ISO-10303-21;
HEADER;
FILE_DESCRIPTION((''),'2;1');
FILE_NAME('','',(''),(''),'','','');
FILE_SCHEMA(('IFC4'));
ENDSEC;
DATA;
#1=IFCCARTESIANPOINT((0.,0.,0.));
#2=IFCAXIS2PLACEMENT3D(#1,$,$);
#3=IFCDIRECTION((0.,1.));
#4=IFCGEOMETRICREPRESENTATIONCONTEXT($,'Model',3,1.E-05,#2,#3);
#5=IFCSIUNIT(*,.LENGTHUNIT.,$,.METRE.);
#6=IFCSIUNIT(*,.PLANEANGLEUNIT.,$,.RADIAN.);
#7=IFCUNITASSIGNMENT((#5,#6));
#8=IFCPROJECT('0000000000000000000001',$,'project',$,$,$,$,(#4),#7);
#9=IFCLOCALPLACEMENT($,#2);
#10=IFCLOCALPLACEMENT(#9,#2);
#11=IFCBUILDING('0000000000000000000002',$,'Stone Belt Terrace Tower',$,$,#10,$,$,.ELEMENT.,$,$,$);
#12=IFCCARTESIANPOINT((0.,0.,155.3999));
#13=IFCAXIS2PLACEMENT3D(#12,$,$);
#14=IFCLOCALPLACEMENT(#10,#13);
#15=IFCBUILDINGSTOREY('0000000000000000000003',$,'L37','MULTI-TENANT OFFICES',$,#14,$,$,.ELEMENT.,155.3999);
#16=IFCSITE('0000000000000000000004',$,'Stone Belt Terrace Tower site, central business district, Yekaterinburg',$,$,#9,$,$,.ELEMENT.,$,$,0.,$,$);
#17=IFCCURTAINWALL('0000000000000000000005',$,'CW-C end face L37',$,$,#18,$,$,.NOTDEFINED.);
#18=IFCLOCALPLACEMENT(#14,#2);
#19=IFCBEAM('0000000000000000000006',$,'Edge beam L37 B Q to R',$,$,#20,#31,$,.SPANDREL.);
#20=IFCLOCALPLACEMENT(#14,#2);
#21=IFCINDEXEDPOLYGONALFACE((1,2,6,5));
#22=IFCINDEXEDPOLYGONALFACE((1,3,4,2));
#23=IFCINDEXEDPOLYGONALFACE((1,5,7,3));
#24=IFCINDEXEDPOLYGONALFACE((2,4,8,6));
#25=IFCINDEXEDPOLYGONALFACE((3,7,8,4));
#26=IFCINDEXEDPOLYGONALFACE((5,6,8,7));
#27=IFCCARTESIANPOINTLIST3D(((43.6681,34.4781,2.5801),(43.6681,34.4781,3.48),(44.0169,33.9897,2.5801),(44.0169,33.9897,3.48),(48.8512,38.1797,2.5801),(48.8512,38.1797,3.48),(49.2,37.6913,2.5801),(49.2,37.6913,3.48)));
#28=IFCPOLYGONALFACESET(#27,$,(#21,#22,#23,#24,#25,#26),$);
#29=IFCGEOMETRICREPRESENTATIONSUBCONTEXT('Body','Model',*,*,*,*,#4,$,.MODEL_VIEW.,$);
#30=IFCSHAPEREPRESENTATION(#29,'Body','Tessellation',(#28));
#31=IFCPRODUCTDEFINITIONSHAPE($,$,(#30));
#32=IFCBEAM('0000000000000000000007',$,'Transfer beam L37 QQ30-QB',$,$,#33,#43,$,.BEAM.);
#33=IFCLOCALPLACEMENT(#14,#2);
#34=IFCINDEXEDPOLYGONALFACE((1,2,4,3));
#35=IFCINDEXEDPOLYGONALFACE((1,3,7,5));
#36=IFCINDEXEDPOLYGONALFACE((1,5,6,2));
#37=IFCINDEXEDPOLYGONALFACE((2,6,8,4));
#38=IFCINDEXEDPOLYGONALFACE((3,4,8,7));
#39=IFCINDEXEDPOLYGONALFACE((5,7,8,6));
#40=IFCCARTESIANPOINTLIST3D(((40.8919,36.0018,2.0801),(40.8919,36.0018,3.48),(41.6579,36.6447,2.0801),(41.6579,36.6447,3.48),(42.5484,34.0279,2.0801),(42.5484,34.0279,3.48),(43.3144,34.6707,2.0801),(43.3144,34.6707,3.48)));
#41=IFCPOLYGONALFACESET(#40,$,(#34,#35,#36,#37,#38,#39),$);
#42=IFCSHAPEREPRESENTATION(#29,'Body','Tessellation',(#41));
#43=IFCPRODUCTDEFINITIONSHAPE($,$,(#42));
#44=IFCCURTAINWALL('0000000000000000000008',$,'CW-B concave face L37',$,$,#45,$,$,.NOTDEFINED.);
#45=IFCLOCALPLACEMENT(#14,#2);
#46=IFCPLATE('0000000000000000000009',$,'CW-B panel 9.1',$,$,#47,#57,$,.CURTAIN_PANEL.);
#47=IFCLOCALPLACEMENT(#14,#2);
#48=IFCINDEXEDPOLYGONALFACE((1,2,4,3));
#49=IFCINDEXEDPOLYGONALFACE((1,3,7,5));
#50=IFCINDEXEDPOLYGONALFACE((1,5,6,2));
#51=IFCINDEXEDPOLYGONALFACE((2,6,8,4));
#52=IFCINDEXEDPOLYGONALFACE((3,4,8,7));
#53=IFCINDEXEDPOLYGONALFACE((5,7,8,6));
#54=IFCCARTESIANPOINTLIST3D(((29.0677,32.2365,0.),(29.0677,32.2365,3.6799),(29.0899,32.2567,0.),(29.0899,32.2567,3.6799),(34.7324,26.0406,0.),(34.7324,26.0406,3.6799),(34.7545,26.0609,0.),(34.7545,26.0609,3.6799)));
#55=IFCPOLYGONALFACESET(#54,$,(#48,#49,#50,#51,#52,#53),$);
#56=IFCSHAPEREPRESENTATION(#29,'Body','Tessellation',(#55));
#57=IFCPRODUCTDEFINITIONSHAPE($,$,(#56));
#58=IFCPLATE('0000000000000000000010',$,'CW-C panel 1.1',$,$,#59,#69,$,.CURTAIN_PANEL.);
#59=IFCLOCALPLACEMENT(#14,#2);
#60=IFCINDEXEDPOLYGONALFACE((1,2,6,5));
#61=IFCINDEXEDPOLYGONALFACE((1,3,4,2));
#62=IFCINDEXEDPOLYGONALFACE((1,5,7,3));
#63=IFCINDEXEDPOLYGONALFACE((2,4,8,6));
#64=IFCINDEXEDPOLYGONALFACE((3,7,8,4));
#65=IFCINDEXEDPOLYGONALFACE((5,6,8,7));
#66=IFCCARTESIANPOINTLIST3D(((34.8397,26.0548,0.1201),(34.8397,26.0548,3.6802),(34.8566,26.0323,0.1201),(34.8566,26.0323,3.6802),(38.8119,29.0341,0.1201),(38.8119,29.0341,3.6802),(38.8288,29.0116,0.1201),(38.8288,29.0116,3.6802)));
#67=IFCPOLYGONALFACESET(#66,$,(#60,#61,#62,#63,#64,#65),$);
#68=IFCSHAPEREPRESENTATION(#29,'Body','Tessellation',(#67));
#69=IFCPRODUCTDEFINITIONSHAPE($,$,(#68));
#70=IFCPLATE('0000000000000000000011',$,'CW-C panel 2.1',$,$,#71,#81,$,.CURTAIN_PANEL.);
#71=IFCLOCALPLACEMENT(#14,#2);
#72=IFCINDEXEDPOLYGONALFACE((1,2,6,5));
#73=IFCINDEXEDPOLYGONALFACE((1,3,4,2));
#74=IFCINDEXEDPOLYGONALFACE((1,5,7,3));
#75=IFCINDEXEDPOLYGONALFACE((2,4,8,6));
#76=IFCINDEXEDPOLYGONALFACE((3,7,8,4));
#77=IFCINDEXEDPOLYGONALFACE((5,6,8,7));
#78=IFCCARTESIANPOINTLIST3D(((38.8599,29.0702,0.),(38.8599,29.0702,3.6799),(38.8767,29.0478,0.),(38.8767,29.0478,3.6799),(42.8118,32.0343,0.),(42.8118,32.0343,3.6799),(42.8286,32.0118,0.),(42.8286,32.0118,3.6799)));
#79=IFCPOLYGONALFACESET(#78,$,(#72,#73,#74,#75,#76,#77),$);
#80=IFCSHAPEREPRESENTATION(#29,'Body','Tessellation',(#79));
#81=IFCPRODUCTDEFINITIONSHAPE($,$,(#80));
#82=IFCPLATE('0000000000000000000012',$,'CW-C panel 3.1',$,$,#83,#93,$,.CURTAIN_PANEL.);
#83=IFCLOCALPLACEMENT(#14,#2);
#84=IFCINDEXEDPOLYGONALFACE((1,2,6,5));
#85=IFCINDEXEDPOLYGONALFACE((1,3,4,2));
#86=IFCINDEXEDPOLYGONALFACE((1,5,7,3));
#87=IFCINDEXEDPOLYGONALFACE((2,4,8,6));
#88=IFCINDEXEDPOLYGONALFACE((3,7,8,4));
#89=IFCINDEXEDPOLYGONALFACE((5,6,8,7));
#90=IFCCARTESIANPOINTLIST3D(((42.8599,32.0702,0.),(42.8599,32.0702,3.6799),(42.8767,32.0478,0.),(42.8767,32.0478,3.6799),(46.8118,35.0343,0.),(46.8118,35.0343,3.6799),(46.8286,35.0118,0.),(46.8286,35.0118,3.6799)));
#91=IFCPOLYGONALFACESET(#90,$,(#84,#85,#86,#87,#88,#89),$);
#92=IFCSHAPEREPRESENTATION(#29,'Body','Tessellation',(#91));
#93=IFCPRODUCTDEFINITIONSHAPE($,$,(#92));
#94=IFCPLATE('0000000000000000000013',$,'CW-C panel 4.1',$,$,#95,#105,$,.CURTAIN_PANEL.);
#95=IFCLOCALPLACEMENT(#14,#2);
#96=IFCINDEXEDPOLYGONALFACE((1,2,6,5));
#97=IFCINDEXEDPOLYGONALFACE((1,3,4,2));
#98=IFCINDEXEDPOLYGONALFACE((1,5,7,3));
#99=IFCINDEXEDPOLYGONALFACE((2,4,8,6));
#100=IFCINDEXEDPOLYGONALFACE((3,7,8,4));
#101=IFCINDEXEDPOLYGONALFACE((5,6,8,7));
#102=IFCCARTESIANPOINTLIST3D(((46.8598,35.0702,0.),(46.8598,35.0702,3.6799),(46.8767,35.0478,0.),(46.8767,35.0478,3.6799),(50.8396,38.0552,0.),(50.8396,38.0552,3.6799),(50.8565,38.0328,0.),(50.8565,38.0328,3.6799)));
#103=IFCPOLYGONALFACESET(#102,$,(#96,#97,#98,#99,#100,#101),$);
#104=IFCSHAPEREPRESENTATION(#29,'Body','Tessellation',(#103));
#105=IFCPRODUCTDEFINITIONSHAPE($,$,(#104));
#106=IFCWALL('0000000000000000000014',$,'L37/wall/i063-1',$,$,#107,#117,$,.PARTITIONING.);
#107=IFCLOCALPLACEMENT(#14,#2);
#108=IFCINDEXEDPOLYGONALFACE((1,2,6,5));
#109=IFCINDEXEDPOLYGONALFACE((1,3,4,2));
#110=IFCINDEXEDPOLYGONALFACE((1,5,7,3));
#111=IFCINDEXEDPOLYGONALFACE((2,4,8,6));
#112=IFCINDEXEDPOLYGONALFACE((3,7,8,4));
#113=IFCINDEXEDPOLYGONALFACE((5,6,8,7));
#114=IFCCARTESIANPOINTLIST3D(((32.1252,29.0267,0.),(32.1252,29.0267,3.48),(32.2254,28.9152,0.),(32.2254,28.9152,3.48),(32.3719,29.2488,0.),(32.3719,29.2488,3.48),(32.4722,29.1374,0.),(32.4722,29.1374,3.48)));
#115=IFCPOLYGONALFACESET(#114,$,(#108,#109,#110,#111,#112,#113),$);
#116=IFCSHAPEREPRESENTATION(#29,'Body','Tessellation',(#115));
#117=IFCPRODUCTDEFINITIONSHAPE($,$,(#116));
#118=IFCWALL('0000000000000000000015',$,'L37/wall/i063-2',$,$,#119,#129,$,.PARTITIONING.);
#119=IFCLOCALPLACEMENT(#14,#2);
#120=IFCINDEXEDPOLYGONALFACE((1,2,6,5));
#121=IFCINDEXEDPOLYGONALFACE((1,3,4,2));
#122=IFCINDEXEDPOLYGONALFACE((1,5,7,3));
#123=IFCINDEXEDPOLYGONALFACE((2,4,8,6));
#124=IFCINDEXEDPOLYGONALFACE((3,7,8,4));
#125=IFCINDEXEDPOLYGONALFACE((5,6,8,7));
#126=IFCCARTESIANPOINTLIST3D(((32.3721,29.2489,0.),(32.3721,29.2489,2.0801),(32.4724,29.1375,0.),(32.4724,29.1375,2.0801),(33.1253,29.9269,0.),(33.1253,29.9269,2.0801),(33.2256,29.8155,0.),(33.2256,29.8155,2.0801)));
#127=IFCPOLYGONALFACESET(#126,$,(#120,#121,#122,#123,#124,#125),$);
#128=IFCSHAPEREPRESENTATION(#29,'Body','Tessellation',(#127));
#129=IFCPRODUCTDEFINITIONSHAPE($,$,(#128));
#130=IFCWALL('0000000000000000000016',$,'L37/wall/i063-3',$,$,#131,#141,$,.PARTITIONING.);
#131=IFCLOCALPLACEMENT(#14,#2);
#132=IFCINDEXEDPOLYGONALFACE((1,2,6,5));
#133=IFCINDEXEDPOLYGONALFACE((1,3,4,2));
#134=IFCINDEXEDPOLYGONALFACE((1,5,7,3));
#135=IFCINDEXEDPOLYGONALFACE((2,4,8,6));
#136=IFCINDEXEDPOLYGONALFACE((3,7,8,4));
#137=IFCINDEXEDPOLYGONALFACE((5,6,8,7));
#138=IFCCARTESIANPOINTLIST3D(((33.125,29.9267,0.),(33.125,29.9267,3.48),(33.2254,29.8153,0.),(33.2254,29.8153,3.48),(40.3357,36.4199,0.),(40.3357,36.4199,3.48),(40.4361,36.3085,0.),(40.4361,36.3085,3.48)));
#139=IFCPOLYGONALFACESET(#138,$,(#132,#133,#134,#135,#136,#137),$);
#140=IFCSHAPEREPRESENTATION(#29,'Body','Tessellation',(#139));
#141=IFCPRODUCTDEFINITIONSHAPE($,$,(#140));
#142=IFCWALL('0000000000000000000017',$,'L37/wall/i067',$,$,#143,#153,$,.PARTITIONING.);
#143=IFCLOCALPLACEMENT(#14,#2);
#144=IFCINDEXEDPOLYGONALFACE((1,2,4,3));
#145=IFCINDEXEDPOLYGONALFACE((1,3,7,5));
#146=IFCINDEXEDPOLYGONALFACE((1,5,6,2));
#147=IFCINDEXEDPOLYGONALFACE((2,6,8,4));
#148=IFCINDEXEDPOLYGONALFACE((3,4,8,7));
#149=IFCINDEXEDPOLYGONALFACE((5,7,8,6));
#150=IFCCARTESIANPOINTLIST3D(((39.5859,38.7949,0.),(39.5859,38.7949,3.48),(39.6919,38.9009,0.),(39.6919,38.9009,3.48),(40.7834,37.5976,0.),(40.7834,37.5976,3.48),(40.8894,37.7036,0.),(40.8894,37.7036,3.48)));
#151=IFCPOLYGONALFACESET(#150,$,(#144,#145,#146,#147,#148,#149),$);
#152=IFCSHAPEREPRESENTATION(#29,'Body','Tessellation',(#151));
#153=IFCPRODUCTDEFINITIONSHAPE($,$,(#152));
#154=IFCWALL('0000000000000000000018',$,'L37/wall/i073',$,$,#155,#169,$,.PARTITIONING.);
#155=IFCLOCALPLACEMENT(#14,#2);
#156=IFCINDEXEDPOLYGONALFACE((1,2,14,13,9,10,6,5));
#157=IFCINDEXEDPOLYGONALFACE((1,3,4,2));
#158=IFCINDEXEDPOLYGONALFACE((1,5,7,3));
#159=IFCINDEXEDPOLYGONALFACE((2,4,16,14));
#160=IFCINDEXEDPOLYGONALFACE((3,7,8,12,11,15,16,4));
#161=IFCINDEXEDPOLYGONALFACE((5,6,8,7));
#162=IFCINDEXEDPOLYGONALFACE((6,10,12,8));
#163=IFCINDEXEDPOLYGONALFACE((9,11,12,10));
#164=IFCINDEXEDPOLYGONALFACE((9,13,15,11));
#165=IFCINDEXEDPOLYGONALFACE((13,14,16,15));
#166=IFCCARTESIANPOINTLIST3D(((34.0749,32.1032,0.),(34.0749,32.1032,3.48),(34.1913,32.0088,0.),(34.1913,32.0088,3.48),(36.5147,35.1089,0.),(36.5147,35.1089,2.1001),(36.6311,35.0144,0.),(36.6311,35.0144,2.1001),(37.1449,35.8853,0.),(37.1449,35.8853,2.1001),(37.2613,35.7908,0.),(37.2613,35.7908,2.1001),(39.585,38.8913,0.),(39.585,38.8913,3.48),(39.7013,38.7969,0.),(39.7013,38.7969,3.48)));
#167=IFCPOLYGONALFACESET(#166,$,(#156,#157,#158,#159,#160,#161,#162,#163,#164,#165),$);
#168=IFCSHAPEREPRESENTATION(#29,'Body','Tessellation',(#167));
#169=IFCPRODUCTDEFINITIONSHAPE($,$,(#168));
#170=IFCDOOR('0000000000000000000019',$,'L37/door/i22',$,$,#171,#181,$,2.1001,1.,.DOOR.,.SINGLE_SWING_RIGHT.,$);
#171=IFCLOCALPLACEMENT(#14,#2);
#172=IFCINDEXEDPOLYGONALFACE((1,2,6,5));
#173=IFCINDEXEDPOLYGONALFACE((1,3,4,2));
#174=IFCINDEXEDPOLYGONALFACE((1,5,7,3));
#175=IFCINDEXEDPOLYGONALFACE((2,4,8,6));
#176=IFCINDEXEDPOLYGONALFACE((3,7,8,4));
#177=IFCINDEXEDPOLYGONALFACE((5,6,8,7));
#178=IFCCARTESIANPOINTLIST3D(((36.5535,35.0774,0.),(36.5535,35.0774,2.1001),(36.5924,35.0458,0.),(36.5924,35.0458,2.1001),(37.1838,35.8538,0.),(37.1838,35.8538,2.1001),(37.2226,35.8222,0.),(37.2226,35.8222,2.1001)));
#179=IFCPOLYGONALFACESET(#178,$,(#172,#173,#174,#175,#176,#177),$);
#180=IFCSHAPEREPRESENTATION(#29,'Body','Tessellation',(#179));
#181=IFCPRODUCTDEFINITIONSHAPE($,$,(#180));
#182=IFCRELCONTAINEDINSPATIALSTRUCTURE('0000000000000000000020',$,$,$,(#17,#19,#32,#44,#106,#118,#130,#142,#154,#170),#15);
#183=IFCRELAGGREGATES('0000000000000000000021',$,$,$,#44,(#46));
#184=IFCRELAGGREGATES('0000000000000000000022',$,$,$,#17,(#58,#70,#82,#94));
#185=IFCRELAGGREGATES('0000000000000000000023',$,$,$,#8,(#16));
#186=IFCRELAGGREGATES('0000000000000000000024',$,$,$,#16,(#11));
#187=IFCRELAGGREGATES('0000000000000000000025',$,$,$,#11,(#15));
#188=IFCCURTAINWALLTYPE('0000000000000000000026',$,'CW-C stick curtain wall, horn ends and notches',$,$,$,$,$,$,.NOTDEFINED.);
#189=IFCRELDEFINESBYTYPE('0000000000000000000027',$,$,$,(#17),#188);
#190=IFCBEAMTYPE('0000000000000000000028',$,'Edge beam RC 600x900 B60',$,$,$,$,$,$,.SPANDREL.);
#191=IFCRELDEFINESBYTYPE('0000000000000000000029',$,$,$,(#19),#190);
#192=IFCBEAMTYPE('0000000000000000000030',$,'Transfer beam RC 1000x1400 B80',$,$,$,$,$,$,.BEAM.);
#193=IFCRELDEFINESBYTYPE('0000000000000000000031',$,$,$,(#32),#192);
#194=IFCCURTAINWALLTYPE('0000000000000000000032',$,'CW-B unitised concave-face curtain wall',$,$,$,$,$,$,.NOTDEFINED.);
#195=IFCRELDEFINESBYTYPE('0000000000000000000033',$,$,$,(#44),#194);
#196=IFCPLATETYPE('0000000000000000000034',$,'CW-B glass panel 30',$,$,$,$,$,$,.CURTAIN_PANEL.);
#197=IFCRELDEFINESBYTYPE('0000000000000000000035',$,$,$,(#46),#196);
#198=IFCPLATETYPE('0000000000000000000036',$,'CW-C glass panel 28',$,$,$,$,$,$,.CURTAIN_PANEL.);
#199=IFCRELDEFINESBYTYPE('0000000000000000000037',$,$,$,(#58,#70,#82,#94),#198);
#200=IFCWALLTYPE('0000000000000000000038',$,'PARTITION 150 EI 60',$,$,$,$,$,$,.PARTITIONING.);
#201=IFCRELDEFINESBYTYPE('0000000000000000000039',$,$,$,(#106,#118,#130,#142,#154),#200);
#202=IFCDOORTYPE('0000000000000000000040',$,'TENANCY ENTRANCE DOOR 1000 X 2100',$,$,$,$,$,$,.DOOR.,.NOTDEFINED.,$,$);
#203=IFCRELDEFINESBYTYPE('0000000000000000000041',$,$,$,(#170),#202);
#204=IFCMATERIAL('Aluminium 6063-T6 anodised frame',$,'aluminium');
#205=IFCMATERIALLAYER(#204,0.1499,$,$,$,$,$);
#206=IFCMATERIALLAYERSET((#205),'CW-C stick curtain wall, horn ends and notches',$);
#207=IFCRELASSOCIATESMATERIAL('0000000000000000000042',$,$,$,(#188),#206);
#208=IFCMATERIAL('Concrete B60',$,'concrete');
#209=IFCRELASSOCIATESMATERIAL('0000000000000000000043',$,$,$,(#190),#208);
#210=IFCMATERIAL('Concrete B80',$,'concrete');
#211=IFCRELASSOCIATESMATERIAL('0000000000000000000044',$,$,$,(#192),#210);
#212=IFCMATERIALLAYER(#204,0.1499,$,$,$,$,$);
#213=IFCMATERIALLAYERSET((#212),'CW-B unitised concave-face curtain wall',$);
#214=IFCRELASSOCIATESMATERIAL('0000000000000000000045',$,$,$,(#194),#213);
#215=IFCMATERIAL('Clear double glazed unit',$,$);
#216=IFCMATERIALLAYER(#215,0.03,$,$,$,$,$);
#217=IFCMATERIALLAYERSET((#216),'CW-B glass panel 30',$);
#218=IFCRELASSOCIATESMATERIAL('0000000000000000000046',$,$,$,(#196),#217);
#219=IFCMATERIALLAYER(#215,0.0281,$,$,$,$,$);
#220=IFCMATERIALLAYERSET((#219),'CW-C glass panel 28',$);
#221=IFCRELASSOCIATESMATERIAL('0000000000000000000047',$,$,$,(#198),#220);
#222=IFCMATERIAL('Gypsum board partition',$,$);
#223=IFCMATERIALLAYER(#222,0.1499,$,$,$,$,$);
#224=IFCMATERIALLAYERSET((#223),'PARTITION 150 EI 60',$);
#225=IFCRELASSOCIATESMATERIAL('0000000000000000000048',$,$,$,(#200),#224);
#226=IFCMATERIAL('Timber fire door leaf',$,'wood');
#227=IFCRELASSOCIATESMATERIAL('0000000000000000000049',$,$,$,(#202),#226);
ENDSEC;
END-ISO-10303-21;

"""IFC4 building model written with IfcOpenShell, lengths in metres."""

from ifc_helpers import new_model, si_unit, direction, frame, frame_2d, origin, origin_2d, place, context, subcontext, project, spatial, rectangle, extrude, material, layer, layer_set, material_profile, profile_set, type_object, element, fill, aggregate, save


model = new_model("IFC4")

# Units and contexts
model_context = context("Model", 3, precision=1e-05, world=origin(), true_north=direction((0.0, 1.0)))
body_context = subcontext(model_context, "Body", "Model", "MODEL_VIEW")
ifc_project = project(units=[si_unit("LENGTHUNIT", "METRE"), si_unit("PLANEANGLEUNIT", "RADIAN")], contexts=[model_context])

# Site, building, storey
site_placement = place(None, origin())
site = spatial("IfcSite", under=ifc_project, at=site_placement, Name="Stone Belt Terrace Tower site, central business district, Yekaterinburg", CompositionType="ELEMENT", RefElevation=0.0)
building_placement = place(site_placement, origin())
building = spatial("IfcBuilding", under=site, at=building_placement, Name="Stone Belt Terrace Tower", CompositionType="ELEMENT")
storey_placement = place(building_placement, frame((0.0, 0.0, 155.3999)))
storey = spatial("IfcBuildingStorey", under=building, at=storey_placement, Name="L37", Description="MULTI-TENANT OFFICES", CompositionType="ELEMENT", Elevation=155.3999)

# Shared definitions
ifc_material_1 = material(Name="Concrete B80", Category="concrete")

# Curtain wall
ifc_material_2 = material(Name="Aluminium 6063-T6 anodised frame", Category="aluminium")
ifc_layer_1 = layer(ifc_material_2, 0.1499)
ifc_layer_set_1 = layer_set([ifc_layer_1], Name="CW-C stick curtain wall, horn ends and notches")
curtain_wall_type_1 = type_object("IfcCurtainWallType", Name="CW-C stick curtain wall, horn ends and notches", PredefinedType="NOTDEFINED", material=ifc_layer_set_1)
curtain_wall_1_placement = place(storey_placement, origin())
curtain_wall_1 = element("IfcCurtainWall", 1, at=curtain_wall_1_placement, inside=storey, type_object=curtain_wall_type_1, Name="CW-C end face L37", PredefinedType="NOTDEFINED")

# Beams
ifc_material_3 = material(Name="Concrete B60", Category="concrete")
ifc_material_profile_1 = material_profile(ifc_material_3, rectangle(XDim=0.6001, YDim=0.8999, at=origin_2d()), Name="RC 600x900")
ifc_profile_set_1 = profile_set([ifc_material_profile_1], Name="Concrete B60")
beam_type_1 = type_object("IfcBeamType", Name="Edge beam RC 600x900 B60", PredefinedType="SPANDREL", material=ifc_profile_set_1)
beam_1_placement = place(storey_placement, frame((43.8425, 34.2339, 3.03), z_axis=(0.813775, 0.58118, 0.0), x_axis=(-0.58118, 0.813775, 0.0)))
element("IfcBeam", 2, at=beam_1_placement, inside=storey, type_object=beam_type_1, Name="Edge beam L37 B Q to R", PredefinedType="SPANDREL", context=body_context, shape_type="SweptSolid", body=[
    extrude(rectangle(XDim=0.6001, YDim=0.8999, at=origin_2d()), origin(), (0.0, 0.0, 1.0), 6.3691),
])
ifc_material_profile_2 = material_profile(ifc_material_1, rectangle(XDim=1.0, YDim=1.3999, at=origin_2d()), Name="RC 1000x1400")
ifc_profile_set_2 = profile_set([ifc_material_profile_2], Name="Concrete B80")
beam_type_2 = type_object("IfcBeamType", Name="Transfer beam RC 1000x1400 B80", PredefinedType="BEAM", material=ifc_profile_set_2)
beam_2_placement = place(storey_placement, frame((41.2749, 36.3232, 2.78), z_axis=(0.642837, -0.766003, 0.0), x_axis=(0.766003, 0.642837, 0.0)))
element("IfcBeam", 3, at=beam_2_placement, inside=storey, type_object=beam_type_2, Name="Transfer beam L37 QQ30-QB", PredefinedType="BEAM", context=body_context, shape_type="SweptSolid", body=[
    extrude(rectangle(XDim=1.0, YDim=1.3999, at=origin_2d()), origin(), (0.0, 0.0, 1.0), 2.5769),
])

# Curtain wall, plate
ifc_layer_2 = layer(ifc_material_2, 0.1499)
ifc_layer_set_2 = layer_set([ifc_layer_2], Name="CW-B unitised concave-face curtain wall")
curtain_wall_type_2 = type_object("IfcCurtainWallType", Name="CW-B unitised concave-face curtain wall", PredefinedType="NOTDEFINED", material=ifc_layer_set_2)
curtain_wall_2_placement = place(storey_placement, origin())
curtain_wall_2 = element("IfcCurtainWall", 4, at=curtain_wall_2_placement, inside=storey, type_object=curtain_wall_type_2, Name="CW-B concave face L37", PredefinedType="NOTDEFINED")
ifc_material_4 = material(Name="Clear double glazed unit")
ifc_layer_3 = layer(ifc_material_4, 0.03)
ifc_layer_set_3 = layer_set([ifc_layer_3], Name="CW-B glass panel 30")
plate_type_1 = type_object("IfcPlateType", Name="CW-B glass panel 30", PredefinedType="CURTAIN_PANEL", material=ifc_layer_set_3)
plate_1_placement = place(storey_placement, frame((31.9111, 29.1487, 0.0), z_axis=(0.0, 0.0, 1.0), x_axis=(0.674761, -0.738036, 0.0)))
plate_1 = element("IfcPlate", 5, at=plate_1_placement, type_object=plate_type_1, Name="CW-B panel 9.1", PredefinedType="CURTAIN_PANEL", context=body_context, shape_type="SweptSolid", body=[
    extrude(rectangle(XDim=8.395, YDim=0.03, at=origin_2d()), origin(), (0.0, 0.0, 1.0), 3.6799),
])
aggregate(curtain_wall_2, [plate_1])

# Plates
ifc_layer_4 = layer(ifc_material_4, 0.0281)
ifc_layer_set_4 = layer_set([ifc_layer_4], Name="CW-C glass panel 28")
plate_type_2 = type_object("IfcPlateType", Name="CW-C glass panel 28", PredefinedType="CURTAIN_PANEL", material=ifc_layer_set_4)
plate_2_placement = place(storey_placement, frame((36.8342, 27.5332, 0.1201), z_axis=(0.0, 0.0, 1.0), x_axis=(0.799987, 0.600018, 0.0)))
plate_2 = element("IfcPlate", 6, at=plate_2_placement, type_object=plate_type_2, Name="CW-C panel 1.1", PredefinedType="CURTAIN_PANEL", context=body_context, shape_type="SweptSolid", body=[
    extrude(rectangle(XDim=4.9653, YDim=0.0281, at=origin_2d()), origin(), (0.0, 0.0, 1.0), 3.5601),
])
plate_3_placement = place(storey_placement, frame((40.8442, 30.541, 0.0), z_axis=(0.0, 0.0, 1.0), x_axis=(0.799987, 0.600018, 0.0)))
plate_3 = element("IfcPlate", 7, at=plate_3_placement, type_object=plate_type_2, Name="CW-C panel 2.1", PredefinedType="CURTAIN_PANEL", context=body_context, shape_type="SweptSolid", body=[
    extrude(rectangle(XDim=4.9399, YDim=0.0281, at=origin_2d()), origin(), (0.0, 0.0, 1.0), 3.6799),
])
plate_4_placement = place(storey_placement, frame((44.8442, 33.541, 0.0), z_axis=(0.0, 0.0, 1.0), x_axis=(0.799987, 0.600018, 0.0)))
plate_4 = element("IfcPlate", 8, at=plate_4_placement, type_object=plate_type_2, Name="CW-C panel 3.1", PredefinedType="CURTAIN_PANEL", context=body_context, shape_type="SweptSolid", body=[
    extrude(rectangle(XDim=4.9399, YDim=0.0281, at=origin_2d()), origin(), (0.0, 0.0, 1.0), 3.6799),
])
plate_5_placement = place(storey_placement, frame((48.8582, 36.5515, 0.0), z_axis=(0.0, 0.0, 1.0), x_axis=(0.799987, 0.600018, 0.0)))
plate_5 = element("IfcPlate", 9, at=plate_5_placement, type_object=plate_type_2, Name="CW-C panel 4.1", PredefinedType="CURTAIN_PANEL", context=body_context, shape_type="SweptSolid", body=[
    extrude(rectangle(XDim=4.9749, YDim=0.0281, at=origin_2d()), origin(), (0.0, 0.0, 1.0), 3.6799),
])
aggregate(curtain_wall_1, [plate_2, plate_3, plate_4, plate_5])

# Walls
ifc_material_5 = material(Name="Gypsum board partition")
ifc_layer_5 = layer(ifc_material_5, 0.1499)
ifc_layer_set_5 = layer_set([ifc_layer_5], Name="PARTITION 150 EI 60")
wall_type_1 = type_object("IfcWallType", Name="PARTITION 150 EI 60", PredefinedType="PARTITIONING", material=ifc_layer_set_5)
wall_1_placement = place(storey_placement, frame((32.1753, 28.9709, 0.0), z_axis=(0.0, 0.0, 1.0), x_axis=(0.743258, 0.669005, 0.0)))
element("IfcWall", 10, at=wall_1_placement, inside=storey, type_object=wall_type_1, Name="L37/wall/i063-1", PredefinedType="PARTITIONING", context=body_context, shape_type="SweptSolid", body=[
    extrude(rectangle(XDim=0.332, YDim=0.1499, at=frame_2d((0.166, 0.0))), origin(), (0.0, 0.0, 1.0), 3.48),
])
wall_2_placement = place(storey_placement, frame((32.4221, 29.1931, 0.0), z_axis=(0.0, 0.0, 1.0), x_axis=(0.743234, 0.669031, 0.0)))
element("IfcWall", 11, at=wall_2_placement, inside=storey, type_object=wall_type_1, Name="L37/wall/i063-2", PredefinedType="PARTITIONING", context=body_context, shape_type="SweptSolid", body=[
    extrude(rectangle(XDim=1.0134, YDim=0.1499, at=frame_2d((0.5068, 0.0))), origin(), (0.0, 0.0, 1.0), 2.0801),
])
wall_3_placement = place(storey_placement, frame((33.1753, 29.8711, 0.0), z_axis=(0.0, 0.0, 1.0), x_axis=(0.743113, 0.669166, 0.0)))
element("IfcWall", 12, at=wall_3_placement, inside=storey, type_object=wall_type_1, Name="L37/wall/i063-3", PredefinedType="PARTITIONING", context=body_context, shape_type="SweptSolid", body=[
    extrude(rectangle(XDim=9.7034, YDim=0.1499, at=frame_2d((4.8516, 0.0))), origin(), (0.0, 0.0, 1.0), 3.48),
])
wall_4_placement = place(storey_placement, frame((40.8364, 37.6506, 0.0), z_axis=(0.0, 0.0, 1.0), x_axis=(-0.707179, 0.707035, 0.0)))
element("IfcWall", 13, at=wall_4_placement, inside=storey, type_object=wall_type_1, Name="L37/wall/i067", PredefinedType="PARTITIONING", context=body_context, shape_type="SweptSolid", body=[
    extrude(rectangle(XDim=1.6934, YDim=0.1499, at=frame_2d((0.8467, 0.0))), origin(), (0.0, 0.0, 1.0), 3.48),
])

# Wall, opening, door
wall_5_placement = place(storey_placement, frame((34.1331, 32.0559, 0.0), z_axis=(0.0, 0.0, 1.0), x_axis=(0.630227, 0.776411, 0.0)))
wall_5 = element("IfcWall", 14, at=wall_5_placement, inside=storey, type_object=wall_type_1, Name="L37/wall/i073", PredefinedType="PARTITIONING", context=body_context, shape_type="SweptSolid", body=[
    extrude(rectangle(XDim=8.7429, YDim=0.1499, at=frame_2d((4.3716, 0.0))), origin(), (0.0, 0.0, 1.0), 3.48),
])
opening_1_placement = place(wall_5_placement, frame((3.8713, 0.0, 0.0)))
opening_1 = element("IfcOpeningElement", 15, at=opening_1_placement, cuts=wall_5, PredefinedType="OPENING", context=body_context, shape_type="SweptSolid", body=[
    extrude(rectangle(XDim=1.0, YDim=2.1001, at=frame_2d((0.5, 1.05))), frame((0.0, 0.085, 0.0), z_axis=(0.0, -1.0, 0.0), x_axis=(1.0, 0.0, 0.0)), (0.0, 0.0, 1.0), 0.1699),
])
ifc_material_6 = material(Name="Timber fire door leaf", Category="wood")
door_type_1 = type_object("IfcDoorType", Name="TENANCY ENTRANCE DOOR 1000 X 2100", OperationType="NOTDEFINED", PredefinedType="DOOR", material=ifc_material_6)
door_1_placement = place(opening_1_placement, origin())
door_1 = element("IfcDoor", 16, at=door_1_placement, inside=storey, type_object=door_type_1, Name="L37/door/i22", OperationType="SINGLE_SWING_RIGHT", OverallHeight=2.1001, OverallWidth=1.0, PredefinedType="DOOR", context=body_context, shape_type="SweptSolid", body=[
    extrude(rectangle(XDim=1.0, YDim=2.1001, at=frame_2d((0.5, 1.05))), frame((0.0, 0.0249, 0.0), z_axis=(0.0, -1.0, 0.0), x_axis=(1.0, 0.0, 0.0)), (0.0, 0.0, 1.0), 0.05),
])
fill(opening_1, door_1)

save(model, "model.ifc")
